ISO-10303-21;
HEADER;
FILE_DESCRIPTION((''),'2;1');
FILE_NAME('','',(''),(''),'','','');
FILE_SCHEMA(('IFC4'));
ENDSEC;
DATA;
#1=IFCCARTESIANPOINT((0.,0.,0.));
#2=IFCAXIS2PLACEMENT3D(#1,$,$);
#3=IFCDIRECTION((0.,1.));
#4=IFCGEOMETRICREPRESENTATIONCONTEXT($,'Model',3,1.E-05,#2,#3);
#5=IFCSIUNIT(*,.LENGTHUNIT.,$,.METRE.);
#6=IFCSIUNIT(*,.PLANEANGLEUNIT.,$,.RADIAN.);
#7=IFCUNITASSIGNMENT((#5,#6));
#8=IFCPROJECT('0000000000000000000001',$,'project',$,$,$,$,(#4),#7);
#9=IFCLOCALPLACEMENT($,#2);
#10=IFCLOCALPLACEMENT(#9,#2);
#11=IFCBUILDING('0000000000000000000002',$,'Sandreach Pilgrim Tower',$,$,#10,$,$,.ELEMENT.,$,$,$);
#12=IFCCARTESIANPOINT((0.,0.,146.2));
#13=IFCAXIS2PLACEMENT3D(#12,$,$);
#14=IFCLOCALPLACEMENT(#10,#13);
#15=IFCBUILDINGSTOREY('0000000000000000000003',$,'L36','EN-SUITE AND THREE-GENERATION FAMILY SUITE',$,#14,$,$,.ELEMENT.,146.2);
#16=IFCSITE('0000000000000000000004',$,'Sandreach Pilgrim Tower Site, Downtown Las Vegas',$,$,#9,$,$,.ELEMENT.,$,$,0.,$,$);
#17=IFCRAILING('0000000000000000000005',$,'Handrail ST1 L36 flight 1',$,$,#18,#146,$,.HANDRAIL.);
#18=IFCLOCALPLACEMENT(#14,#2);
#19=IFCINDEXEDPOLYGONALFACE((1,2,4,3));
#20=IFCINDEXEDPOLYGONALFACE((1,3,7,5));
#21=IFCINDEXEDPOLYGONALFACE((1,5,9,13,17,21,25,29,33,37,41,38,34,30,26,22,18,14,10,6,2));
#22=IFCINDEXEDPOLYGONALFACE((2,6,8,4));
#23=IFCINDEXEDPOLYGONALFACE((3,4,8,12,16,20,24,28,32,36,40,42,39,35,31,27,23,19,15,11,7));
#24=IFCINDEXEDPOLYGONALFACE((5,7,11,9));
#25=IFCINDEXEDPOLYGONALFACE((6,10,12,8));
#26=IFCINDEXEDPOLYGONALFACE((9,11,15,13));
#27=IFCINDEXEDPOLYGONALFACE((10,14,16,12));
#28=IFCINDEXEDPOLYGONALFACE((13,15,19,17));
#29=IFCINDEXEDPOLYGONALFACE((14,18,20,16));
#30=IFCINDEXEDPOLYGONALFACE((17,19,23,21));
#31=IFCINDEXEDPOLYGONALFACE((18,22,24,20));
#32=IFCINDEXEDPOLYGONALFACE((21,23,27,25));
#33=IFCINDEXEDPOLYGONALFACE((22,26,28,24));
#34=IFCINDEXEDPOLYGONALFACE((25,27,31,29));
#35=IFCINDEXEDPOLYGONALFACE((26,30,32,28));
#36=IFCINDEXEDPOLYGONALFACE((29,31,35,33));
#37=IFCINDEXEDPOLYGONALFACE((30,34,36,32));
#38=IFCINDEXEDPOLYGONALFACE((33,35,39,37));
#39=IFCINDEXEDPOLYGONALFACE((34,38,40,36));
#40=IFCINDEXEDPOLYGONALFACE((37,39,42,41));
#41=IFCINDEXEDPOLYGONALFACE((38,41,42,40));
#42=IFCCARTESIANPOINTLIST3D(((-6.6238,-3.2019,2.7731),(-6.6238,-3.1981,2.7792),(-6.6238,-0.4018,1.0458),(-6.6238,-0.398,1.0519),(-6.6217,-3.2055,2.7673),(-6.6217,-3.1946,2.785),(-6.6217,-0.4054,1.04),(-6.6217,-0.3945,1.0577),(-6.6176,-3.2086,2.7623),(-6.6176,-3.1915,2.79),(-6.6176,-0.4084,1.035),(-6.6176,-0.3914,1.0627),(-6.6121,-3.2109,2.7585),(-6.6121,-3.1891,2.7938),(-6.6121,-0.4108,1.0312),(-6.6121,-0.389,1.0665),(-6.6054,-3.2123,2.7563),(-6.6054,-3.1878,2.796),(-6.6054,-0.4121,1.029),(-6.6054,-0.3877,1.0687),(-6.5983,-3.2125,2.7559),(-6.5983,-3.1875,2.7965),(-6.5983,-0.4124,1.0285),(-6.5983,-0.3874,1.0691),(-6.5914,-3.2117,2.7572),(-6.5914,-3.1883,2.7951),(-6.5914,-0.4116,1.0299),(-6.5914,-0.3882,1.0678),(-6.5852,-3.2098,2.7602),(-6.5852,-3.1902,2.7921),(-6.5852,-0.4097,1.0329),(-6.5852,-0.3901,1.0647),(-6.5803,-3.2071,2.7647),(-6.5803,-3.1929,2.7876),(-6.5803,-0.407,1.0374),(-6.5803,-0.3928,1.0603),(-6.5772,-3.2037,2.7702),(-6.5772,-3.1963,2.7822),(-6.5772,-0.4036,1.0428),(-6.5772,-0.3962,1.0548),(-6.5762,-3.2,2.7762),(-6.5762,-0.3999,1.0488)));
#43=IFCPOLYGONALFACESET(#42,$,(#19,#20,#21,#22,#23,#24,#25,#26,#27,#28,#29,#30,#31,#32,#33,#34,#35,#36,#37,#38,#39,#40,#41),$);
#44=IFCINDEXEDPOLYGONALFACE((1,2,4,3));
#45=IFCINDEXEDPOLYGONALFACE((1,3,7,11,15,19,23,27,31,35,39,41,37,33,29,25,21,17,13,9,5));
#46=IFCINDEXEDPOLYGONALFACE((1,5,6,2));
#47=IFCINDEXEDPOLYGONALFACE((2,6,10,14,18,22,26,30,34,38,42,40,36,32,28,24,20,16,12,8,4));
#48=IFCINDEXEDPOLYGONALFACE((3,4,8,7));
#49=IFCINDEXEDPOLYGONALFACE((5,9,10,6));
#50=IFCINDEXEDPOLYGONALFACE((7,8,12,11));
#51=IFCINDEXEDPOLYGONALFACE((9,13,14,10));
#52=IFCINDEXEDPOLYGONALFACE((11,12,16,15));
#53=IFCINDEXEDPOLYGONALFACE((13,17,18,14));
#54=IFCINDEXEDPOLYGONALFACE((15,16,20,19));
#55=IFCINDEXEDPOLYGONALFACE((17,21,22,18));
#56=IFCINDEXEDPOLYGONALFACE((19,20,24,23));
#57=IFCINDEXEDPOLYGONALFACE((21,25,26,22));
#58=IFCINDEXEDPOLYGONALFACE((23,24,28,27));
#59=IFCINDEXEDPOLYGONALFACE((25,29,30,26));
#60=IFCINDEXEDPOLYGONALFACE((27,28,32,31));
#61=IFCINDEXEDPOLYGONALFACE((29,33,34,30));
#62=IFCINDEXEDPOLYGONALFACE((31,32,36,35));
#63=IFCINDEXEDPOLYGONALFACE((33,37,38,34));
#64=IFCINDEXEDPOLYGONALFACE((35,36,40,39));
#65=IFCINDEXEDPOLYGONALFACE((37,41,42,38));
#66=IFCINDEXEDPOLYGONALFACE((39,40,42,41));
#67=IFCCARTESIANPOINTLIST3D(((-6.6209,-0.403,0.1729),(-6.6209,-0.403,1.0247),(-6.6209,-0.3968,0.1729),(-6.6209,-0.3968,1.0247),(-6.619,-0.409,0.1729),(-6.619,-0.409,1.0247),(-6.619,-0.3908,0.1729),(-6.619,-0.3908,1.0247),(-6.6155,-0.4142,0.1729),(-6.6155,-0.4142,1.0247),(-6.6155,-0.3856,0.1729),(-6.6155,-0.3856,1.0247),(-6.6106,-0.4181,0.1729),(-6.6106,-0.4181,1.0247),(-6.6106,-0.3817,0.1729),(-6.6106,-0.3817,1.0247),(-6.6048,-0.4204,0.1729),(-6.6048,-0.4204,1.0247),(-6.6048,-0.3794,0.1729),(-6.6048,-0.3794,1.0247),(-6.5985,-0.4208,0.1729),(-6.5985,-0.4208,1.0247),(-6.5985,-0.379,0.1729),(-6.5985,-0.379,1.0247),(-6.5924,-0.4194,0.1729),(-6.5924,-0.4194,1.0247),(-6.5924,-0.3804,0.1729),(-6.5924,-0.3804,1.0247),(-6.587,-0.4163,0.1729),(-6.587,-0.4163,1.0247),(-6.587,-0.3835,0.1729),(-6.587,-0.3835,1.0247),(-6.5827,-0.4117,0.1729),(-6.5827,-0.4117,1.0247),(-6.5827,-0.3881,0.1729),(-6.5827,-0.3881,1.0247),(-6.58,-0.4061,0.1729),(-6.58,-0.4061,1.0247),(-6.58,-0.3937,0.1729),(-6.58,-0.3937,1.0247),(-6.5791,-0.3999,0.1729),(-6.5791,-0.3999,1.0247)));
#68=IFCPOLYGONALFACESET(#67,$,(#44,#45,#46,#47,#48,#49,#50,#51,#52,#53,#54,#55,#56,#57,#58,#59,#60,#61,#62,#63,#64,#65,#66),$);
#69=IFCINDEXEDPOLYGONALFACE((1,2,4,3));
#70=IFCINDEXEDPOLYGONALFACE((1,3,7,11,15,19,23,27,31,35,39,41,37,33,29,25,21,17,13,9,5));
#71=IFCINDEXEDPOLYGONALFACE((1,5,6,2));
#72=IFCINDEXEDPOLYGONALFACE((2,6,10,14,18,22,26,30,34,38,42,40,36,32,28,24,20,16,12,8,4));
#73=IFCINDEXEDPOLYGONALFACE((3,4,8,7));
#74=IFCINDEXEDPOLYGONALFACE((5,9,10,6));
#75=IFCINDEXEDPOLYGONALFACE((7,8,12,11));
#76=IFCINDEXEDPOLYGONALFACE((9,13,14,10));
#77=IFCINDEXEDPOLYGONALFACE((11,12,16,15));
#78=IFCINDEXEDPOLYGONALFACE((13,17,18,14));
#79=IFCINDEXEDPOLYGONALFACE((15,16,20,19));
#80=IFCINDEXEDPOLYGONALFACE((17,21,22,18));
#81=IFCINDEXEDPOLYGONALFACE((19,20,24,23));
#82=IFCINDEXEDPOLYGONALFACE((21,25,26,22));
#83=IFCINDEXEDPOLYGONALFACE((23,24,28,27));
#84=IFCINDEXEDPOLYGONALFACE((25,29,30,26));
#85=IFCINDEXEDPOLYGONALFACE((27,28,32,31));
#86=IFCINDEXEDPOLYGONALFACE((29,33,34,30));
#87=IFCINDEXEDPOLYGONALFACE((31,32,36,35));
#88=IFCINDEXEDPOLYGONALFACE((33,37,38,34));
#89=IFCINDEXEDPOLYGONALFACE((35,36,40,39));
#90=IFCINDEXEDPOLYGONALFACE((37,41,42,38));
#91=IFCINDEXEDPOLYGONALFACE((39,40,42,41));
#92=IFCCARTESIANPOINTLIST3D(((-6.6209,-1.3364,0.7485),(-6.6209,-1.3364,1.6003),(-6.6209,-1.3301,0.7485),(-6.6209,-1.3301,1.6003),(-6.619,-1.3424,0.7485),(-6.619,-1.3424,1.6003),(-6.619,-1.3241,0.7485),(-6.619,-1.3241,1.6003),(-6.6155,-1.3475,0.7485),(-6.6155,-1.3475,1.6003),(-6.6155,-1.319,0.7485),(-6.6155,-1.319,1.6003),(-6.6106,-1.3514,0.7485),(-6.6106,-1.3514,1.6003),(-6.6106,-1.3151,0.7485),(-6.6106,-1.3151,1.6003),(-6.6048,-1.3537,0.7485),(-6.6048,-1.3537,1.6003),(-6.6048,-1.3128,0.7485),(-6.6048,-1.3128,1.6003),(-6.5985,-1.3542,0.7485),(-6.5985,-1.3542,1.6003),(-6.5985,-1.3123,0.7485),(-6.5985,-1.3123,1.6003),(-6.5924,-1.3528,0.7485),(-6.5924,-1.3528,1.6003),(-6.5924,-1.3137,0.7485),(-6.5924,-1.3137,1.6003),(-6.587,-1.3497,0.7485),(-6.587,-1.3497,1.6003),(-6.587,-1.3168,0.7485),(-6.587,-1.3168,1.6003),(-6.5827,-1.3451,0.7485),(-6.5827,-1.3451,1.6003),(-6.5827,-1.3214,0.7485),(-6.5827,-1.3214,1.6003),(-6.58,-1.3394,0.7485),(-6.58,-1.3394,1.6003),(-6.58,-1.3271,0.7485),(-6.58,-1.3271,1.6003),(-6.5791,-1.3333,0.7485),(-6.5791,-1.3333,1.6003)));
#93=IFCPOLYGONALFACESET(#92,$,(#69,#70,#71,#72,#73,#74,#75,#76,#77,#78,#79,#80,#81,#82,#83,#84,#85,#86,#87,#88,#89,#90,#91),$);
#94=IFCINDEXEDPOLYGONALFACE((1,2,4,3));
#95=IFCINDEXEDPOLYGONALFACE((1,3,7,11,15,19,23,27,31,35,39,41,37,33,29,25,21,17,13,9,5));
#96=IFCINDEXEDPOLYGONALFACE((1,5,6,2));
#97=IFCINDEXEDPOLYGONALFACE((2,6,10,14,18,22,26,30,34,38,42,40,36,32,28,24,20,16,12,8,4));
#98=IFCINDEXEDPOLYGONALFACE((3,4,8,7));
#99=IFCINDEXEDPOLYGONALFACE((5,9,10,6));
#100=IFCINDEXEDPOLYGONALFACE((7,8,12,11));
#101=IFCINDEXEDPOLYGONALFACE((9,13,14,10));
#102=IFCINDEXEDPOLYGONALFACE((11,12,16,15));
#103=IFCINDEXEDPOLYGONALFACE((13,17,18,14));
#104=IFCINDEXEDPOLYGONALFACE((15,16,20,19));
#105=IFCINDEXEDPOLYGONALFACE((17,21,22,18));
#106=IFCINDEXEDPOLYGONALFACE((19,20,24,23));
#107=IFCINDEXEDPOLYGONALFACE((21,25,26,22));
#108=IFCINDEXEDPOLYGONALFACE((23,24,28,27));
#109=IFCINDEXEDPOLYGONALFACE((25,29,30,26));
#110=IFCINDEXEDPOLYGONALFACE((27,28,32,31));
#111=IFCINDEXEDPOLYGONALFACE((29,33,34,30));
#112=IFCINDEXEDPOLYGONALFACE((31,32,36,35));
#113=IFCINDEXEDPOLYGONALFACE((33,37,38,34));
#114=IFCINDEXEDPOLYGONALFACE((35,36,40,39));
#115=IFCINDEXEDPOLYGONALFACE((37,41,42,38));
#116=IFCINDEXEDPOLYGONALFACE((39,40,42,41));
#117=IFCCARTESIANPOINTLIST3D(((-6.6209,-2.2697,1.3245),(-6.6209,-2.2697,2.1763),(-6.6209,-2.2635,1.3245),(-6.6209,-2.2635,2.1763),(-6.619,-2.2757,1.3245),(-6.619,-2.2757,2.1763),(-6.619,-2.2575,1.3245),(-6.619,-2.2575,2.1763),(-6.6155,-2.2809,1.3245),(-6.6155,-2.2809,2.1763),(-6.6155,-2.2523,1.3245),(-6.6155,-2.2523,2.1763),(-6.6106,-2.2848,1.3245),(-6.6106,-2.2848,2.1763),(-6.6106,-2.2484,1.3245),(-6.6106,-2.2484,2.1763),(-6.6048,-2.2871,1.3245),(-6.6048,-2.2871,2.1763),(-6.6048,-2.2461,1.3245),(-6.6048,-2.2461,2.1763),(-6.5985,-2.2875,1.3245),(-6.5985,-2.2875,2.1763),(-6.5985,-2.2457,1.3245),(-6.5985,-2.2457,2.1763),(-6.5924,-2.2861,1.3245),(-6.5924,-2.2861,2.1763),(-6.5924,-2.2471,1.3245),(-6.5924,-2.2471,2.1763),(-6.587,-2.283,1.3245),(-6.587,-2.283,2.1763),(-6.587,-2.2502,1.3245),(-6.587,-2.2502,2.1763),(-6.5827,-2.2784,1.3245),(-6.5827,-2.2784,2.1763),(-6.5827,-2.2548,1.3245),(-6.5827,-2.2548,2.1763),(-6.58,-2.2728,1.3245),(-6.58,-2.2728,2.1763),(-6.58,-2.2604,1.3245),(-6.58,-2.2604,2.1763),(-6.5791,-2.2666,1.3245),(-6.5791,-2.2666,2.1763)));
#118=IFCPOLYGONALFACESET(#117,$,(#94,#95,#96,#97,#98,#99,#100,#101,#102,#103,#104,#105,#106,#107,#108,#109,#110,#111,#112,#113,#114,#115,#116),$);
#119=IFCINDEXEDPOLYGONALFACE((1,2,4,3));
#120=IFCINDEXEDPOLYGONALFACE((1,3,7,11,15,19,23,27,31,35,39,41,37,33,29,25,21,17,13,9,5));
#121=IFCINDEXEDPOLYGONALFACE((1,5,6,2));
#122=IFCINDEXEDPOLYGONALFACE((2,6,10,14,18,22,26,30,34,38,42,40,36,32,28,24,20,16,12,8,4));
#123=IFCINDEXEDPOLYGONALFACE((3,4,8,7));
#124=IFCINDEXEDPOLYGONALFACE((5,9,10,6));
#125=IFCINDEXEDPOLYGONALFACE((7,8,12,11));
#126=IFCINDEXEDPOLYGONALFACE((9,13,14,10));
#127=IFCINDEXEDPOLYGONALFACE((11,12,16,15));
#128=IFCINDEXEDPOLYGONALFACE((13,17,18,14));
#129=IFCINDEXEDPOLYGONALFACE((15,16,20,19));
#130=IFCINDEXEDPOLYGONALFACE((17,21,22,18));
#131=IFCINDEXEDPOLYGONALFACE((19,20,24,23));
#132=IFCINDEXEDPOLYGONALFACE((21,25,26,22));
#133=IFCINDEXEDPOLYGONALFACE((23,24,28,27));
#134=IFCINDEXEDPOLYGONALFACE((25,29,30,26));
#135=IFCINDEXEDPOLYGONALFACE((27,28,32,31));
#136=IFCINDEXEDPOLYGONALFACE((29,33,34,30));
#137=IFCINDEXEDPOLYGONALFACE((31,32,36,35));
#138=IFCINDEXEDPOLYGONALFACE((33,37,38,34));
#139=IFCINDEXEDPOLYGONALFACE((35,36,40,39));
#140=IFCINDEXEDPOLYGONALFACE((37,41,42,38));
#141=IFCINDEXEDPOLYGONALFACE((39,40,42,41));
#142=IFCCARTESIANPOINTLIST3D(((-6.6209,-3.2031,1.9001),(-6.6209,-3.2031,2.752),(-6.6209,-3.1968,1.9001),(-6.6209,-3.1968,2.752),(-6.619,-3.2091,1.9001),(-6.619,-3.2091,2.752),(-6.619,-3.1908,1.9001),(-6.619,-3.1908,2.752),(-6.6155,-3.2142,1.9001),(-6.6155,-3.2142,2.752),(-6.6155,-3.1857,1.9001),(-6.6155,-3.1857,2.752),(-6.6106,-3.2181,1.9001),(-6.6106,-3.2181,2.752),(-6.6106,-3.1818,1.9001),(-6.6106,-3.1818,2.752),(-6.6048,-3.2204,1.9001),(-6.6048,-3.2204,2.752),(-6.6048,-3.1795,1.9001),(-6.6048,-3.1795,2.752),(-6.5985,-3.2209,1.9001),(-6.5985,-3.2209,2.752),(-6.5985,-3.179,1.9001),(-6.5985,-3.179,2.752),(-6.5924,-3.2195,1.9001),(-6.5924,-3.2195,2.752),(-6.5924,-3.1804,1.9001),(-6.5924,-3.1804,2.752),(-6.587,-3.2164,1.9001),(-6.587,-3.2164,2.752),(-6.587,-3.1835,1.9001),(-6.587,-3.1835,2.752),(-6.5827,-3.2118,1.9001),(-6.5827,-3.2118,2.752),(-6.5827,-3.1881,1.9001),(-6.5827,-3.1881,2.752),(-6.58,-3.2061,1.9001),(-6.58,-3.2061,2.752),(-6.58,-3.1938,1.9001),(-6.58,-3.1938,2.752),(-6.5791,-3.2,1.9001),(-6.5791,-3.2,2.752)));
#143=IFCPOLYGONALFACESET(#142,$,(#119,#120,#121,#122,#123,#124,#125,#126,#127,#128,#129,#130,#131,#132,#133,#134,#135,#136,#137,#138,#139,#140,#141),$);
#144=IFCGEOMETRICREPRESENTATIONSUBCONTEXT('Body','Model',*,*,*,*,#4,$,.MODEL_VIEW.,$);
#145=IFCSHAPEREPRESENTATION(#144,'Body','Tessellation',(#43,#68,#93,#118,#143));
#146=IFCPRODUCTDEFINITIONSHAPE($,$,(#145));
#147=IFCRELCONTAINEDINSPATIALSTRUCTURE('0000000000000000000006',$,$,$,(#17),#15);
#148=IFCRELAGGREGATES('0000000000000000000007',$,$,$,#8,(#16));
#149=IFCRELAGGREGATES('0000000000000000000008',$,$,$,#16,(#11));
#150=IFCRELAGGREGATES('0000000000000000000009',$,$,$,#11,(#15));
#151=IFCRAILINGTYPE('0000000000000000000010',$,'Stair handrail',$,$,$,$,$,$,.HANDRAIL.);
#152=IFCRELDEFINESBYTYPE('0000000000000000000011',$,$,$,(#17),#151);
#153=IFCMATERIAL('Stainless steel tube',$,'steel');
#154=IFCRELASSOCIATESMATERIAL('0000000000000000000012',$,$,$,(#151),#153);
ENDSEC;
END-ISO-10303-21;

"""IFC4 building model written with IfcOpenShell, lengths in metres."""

from ifc_helpers import new_model, si_unit, direction, frame, origin, origin_2d, place, context, subcontext, project, spatial, circle, extrude, material, type_object, element, save


model = new_model("IFC4")

# Units and contexts
model_context = context("Model", 3, precision=1e-05, world=origin(), true_north=direction((0.0, 1.0)))
body_context = subcontext(model_context, "Body", "Model", "MODEL_VIEW")
ifc_project = project(units=[si_unit("LENGTHUNIT", "METRE"), si_unit("PLANEANGLEUNIT", "RADIAN")], contexts=[model_context])

# Site, building, storey
site_placement = place(None, origin())
site = spatial("IfcSite", under=ifc_project, at=site_placement, Name="Sandreach Pilgrim Tower Site, Downtown Las Vegas", CompositionType="ELEMENT", RefElevation=0.0)
building_placement = place(site_placement, origin())
building = spatial("IfcBuilding", under=site, at=building_placement, Name="Sandreach Pilgrim Tower", CompositionType="ELEMENT")
storey_placement = place(building_placement, frame((0.0, 0.0, 146.2)))
storey = spatial("IfcBuildingStorey", under=building, at=storey_placement, Name="L36", Description="EN-SUITE AND THREE-GENERATION FAMILY SUITE", CompositionType="ELEMENT", Elevation=146.2)

# Railing
ifc_material_1 = material(Name="Stainless steel tube", Category="steel")
railing_type = type_object("IfcRailingType", Name="Stair handrail", PredefinedType="HANDRAIL", material=ifc_material_1)
for number, where, name in (
    (1, (-6.6001, -0.3999, 0.1729), "Handrail ST1 L36 flight 1"),
):
    element("IfcRailing", number, at=place(storey_placement, frame(where)), inside=storey, type_object=railing_type, Name=name, PredefinedType="HANDRAIL", context=body_context, shape_type="SweptSolid", body=[
        extrude(circle(Radius=0.0239, at=origin_2d()), frame((0.0, 0.0, 0.876), z_axis=(0.0, -0.85109, 0.52502), x_axis=(1.0, 0.0, 0.0)), (0.0, 0.0, 1.0), 3.29),
        extrude(circle(Radius=0.021, at=origin_2d()), origin(), (0.0, 0.0, 1.0), 0.8518),
        extrude(circle(Radius=0.021, at=origin_2d()), frame((0.0, -0.9333, 0.5757)), (0.0, 0.0, 1.0), 0.8518),
        extrude(circle(Radius=0.021, at=origin_2d()), frame((0.0, -1.8667, 1.1516)), (0.0, 0.0, 1.0), 0.8518),
        extrude(circle(Radius=0.021, at=origin_2d()), frame((0.0, -2.8, 1.7273)), (0.0, 0.0, 1.0), 0.8518),
    ])

save(model, "model.ifc")
